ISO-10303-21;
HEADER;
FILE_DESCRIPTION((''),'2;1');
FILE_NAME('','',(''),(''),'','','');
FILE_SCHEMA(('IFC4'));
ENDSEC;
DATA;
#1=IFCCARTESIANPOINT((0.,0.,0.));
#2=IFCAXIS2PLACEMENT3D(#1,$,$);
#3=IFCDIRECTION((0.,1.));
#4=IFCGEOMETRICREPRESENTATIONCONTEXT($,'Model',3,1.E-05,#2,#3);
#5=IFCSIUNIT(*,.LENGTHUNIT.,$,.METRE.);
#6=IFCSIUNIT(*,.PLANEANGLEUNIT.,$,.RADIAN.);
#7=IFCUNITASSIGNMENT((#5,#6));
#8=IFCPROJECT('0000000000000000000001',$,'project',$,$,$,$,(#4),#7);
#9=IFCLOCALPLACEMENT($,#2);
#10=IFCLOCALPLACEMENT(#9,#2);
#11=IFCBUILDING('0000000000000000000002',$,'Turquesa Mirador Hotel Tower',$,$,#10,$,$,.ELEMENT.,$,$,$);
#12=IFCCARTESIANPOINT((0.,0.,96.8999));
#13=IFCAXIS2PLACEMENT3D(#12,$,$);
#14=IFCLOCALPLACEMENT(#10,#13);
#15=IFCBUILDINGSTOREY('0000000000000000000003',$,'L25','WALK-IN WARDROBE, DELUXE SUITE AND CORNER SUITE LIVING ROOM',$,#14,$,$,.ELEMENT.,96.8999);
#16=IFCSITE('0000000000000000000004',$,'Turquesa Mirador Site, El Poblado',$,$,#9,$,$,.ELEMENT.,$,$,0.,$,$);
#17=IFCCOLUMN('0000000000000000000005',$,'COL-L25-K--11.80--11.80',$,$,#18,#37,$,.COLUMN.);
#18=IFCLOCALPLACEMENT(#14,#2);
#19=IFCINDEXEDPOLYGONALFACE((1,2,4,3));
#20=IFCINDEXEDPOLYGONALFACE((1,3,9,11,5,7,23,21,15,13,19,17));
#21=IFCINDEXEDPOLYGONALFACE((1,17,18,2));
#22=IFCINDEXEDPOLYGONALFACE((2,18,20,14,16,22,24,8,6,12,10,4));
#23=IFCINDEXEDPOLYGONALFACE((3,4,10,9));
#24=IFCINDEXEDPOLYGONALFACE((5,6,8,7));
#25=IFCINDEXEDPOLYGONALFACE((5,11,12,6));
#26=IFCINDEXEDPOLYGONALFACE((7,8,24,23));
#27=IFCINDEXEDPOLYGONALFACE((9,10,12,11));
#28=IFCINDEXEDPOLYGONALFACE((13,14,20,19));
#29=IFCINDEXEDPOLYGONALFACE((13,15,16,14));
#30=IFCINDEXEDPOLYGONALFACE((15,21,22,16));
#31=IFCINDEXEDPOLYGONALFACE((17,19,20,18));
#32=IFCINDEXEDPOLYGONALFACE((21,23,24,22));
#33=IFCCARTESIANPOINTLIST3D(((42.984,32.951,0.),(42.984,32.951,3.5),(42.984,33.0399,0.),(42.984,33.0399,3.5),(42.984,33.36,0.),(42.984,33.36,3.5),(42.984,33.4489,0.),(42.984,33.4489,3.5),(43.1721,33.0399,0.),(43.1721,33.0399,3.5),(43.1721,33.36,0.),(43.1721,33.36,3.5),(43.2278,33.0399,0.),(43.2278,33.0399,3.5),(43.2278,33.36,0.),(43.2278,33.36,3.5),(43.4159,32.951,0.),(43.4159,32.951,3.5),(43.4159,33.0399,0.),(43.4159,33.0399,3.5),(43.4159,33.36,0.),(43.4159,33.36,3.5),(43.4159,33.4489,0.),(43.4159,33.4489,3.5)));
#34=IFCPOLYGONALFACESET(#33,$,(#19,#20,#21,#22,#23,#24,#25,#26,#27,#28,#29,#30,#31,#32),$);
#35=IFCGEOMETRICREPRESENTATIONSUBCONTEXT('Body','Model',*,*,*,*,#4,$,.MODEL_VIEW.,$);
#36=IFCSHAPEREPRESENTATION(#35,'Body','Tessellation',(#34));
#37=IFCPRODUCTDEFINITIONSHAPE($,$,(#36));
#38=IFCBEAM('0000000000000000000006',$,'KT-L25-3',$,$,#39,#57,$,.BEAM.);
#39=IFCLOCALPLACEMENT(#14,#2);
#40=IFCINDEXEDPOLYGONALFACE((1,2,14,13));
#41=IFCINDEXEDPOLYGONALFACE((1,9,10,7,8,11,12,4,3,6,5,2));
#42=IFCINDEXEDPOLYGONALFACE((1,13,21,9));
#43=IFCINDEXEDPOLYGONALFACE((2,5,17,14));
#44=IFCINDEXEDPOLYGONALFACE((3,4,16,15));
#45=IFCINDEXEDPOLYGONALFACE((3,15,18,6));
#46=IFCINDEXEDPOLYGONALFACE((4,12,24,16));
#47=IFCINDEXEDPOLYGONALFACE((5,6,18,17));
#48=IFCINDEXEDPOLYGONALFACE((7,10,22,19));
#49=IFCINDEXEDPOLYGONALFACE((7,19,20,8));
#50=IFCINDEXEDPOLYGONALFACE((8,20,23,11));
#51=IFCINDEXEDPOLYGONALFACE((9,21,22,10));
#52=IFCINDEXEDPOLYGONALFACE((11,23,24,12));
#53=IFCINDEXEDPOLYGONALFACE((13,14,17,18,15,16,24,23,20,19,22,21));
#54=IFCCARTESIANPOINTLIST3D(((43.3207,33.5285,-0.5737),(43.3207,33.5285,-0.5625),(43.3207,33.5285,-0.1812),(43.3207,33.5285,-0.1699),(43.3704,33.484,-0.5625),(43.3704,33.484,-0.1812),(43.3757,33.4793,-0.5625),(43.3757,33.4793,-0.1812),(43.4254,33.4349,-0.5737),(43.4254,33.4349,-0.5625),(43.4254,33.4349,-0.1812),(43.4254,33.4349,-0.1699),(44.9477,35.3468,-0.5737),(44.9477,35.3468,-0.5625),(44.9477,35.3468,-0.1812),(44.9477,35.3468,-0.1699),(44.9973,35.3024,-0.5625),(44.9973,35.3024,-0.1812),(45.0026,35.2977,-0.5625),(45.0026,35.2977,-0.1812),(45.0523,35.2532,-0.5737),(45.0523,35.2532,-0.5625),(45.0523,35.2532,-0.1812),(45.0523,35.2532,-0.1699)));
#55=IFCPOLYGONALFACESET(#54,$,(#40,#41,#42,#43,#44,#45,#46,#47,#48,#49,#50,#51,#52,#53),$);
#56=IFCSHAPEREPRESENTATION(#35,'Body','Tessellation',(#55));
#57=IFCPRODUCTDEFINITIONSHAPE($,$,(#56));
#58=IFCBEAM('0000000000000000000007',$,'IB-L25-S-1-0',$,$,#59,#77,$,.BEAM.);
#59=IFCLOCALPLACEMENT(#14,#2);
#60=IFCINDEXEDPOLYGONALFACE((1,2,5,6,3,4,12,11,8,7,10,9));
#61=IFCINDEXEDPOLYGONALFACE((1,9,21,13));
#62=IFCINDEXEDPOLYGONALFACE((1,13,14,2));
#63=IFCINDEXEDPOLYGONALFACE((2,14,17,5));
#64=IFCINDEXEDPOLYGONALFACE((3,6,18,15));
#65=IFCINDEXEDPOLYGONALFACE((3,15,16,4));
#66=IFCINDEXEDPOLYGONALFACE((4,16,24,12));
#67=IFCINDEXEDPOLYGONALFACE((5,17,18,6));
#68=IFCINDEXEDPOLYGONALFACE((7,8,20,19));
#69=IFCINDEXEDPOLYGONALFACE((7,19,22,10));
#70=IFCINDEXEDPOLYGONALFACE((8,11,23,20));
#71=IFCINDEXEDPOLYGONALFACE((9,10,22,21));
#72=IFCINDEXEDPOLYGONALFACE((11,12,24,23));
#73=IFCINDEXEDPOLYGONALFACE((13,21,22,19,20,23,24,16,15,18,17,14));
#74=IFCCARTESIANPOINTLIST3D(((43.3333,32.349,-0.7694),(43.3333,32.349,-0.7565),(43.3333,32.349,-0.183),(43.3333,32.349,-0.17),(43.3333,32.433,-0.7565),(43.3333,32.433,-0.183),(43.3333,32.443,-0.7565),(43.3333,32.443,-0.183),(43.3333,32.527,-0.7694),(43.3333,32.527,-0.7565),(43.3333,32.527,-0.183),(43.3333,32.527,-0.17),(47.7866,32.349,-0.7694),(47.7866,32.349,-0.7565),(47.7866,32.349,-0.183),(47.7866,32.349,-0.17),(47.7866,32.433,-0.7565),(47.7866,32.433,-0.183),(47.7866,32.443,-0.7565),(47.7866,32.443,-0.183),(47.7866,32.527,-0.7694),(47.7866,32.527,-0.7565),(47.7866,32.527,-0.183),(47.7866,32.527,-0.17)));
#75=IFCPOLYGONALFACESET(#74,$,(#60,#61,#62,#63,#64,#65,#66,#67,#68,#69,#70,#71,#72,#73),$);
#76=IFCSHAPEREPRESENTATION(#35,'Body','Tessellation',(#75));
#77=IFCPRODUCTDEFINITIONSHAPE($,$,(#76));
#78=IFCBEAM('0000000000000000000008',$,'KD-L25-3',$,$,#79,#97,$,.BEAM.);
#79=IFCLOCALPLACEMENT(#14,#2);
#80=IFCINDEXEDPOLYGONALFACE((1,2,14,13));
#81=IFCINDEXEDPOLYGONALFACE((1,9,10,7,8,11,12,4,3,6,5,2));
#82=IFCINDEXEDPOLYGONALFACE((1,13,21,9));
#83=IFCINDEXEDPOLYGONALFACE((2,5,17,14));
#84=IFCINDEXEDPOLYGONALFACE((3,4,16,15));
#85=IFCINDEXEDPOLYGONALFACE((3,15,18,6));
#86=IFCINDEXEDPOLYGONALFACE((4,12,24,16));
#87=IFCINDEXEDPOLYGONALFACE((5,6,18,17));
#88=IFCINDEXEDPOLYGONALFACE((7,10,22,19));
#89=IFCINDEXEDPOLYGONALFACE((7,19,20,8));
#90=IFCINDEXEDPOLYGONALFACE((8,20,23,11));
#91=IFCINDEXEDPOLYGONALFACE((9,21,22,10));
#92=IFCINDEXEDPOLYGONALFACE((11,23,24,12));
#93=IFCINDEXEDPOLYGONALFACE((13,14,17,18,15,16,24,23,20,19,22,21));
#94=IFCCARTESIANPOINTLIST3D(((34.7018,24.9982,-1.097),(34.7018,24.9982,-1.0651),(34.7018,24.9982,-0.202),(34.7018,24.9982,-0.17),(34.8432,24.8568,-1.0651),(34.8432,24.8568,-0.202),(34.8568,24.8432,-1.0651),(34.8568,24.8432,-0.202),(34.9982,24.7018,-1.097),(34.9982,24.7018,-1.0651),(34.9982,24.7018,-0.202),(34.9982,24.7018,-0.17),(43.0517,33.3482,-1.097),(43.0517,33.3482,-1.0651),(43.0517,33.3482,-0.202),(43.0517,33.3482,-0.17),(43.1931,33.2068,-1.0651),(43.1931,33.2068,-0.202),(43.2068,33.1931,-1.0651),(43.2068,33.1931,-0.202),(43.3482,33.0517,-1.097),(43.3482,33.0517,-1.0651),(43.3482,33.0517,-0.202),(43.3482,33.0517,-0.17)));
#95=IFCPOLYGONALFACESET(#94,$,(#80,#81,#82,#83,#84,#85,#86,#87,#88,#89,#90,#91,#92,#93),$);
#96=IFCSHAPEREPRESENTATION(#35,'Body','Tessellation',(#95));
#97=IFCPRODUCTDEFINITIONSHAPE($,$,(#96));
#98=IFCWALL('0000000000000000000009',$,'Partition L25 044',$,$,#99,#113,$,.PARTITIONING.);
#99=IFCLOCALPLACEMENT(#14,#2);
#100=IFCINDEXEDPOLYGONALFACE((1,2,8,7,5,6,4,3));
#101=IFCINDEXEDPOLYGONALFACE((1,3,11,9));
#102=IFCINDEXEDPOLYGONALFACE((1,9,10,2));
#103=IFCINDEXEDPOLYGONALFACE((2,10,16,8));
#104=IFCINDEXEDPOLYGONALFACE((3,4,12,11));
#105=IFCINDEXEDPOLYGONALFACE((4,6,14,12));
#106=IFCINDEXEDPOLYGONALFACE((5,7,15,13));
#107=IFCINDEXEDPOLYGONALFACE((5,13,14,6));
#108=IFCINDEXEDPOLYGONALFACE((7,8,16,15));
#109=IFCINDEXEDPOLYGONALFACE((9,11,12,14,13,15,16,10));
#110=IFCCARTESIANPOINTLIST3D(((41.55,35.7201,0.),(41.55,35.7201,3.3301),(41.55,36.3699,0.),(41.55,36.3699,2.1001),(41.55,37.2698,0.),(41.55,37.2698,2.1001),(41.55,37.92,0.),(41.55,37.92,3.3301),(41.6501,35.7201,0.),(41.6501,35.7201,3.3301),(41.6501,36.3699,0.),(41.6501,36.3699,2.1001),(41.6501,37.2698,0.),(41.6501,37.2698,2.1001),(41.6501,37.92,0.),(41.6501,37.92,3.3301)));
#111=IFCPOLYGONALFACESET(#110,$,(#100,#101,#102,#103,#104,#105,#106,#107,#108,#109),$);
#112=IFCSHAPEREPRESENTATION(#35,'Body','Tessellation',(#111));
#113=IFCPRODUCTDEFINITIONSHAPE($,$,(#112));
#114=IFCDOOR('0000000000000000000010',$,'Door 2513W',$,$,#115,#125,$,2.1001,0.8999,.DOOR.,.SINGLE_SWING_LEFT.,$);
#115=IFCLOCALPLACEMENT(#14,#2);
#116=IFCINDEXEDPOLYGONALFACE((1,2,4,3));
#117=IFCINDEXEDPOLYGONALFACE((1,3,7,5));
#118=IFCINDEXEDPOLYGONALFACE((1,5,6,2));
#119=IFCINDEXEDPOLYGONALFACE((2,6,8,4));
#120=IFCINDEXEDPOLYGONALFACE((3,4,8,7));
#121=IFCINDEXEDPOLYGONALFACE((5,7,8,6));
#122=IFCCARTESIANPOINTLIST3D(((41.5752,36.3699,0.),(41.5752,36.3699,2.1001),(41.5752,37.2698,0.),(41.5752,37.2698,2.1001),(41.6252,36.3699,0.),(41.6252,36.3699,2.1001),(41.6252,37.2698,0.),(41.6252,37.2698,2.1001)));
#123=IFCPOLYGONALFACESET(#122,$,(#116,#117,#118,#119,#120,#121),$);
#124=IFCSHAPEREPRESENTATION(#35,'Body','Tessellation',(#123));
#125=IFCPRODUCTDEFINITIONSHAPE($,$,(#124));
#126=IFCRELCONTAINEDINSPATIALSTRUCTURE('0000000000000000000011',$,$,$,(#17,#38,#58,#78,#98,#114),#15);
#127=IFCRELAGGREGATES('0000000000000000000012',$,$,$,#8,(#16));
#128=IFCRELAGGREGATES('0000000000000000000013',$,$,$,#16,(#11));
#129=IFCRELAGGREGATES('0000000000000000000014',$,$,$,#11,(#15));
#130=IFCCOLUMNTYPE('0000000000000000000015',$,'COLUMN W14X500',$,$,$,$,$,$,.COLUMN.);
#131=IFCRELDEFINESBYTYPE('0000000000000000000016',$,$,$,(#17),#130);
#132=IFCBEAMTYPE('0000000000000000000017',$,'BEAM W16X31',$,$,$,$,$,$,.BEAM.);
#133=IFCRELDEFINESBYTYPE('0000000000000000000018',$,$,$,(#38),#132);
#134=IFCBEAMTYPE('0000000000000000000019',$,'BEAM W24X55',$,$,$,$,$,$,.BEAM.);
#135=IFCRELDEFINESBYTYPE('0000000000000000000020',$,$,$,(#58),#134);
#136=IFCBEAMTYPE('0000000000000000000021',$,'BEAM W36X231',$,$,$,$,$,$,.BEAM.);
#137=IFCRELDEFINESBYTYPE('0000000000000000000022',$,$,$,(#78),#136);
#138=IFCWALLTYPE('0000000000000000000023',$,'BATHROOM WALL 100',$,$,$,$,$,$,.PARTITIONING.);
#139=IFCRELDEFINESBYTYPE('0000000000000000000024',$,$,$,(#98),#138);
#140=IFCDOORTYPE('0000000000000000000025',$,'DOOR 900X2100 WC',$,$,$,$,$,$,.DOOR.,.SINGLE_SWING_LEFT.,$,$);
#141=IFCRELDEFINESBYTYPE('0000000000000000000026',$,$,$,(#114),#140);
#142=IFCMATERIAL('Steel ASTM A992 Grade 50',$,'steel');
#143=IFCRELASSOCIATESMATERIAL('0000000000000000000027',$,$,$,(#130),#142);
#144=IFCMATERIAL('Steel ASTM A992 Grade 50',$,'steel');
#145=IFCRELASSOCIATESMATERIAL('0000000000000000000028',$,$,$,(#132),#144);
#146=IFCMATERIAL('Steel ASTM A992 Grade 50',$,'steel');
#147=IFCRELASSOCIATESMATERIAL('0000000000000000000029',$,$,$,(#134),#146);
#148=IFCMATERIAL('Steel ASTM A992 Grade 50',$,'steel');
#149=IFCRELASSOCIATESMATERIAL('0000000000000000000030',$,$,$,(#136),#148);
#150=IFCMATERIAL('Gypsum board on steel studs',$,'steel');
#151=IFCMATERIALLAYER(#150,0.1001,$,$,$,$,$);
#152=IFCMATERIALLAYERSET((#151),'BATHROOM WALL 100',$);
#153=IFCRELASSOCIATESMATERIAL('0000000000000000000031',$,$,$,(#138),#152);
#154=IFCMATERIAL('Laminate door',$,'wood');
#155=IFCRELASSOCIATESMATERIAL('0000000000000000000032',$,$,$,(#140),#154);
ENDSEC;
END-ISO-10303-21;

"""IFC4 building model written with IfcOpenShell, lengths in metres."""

from ifc_helpers import new_model, si_unit, direction, frame, frame_2d, origin, origin_2d, place, context, subcontext, project, spatial, rectangle, i_section, extrude, material, layer, layer_set, material_profile, profile_set, type_object, element, fill, save


model = new_model("IFC4")

# Units and contexts
model_context = context("Model", 3, precision=1e-05, world=origin(), true_north=direction((0.0, 1.0)))
body_context = subcontext(model_context, "Body", "Model", "MODEL_VIEW")
ifc_project = project(units=[si_unit("LENGTHUNIT", "METRE"), si_unit("PLANEANGLEUNIT", "RADIAN")], contexts=[model_context])

# Site, building, storey
site_placement = place(None, origin())
site = spatial("IfcSite", under=ifc_project, at=site_placement, Name="Turquesa Mirador Site, El Poblado", CompositionType="ELEMENT", RefElevation=0.0)
building_placement = place(site_placement, origin())
building = spatial("IfcBuilding", under=site, at=building_placement, Name="Turquesa Mirador Hotel Tower", CompositionType="ELEMENT")
storey_placement = place(building_placement, frame((0.0, 0.0, 96.8999)))
storey = spatial("IfcBuildingStorey", under=building, at=storey_placement, Name="L25", Description="WALK-IN WARDROBE, DELUXE SUITE AND CORNER SUITE LIVING ROOM", CompositionType="ELEMENT", Elevation=96.8999)

# Column
ifc_material_1 = material(Name="Steel ASTM A992 Grade 50", Category="steel")
ifc_material_profile_1 = material_profile(ifc_material_1, i_section(OverallWidth=0.4319, OverallDepth=0.4978, WebThickness=0.0557, FlangeThickness=0.0889, at=origin_2d()), Name="W14X500")
ifc_profile_set_1 = profile_set([ifc_material_profile_1], Name="Steel ASTM A992 Grade 50")
column_type = type_object("IfcColumnType", Name="COLUMN W14X500", PredefinedType="COLUMN", material=ifc_profile_set_1)
column_placement = place(storey_placement, frame((43.2, 33.2, 0.0), z_axis=(0.0, 0.0, 1.0), x_axis=(1.0, 0.0, 0.0)))
element("IfcColumn", 1, at=column_placement, inside=storey, type_object=column_type, Name="COL-L25-K--11.80--11.80", PredefinedType="COLUMN", context=body_context, shape_type="SweptSolid", body=[
    extrude(i_section(OverallWidth=0.4319, OverallDepth=0.4978, WebThickness=0.0557, FlangeThickness=0.0889, at=origin_2d()), origin(), (0.0, 0.0, 1.0), 3.5),
])

# Beams
ifc_material_2 = material(Name="Steel ASTM A992 Grade 50", Category="steel")
ifc_material_profile_2 = material_profile(ifc_material_2, i_section(OverallWidth=0.1404, OverallDepth=0.4038, WebThickness=0.0071, FlangeThickness=0.0112, at=origin_2d()), Name="W16X31")
ifc_profile_set_2 = profile_set([ifc_material_profile_2], Name="Steel ASTM A992 Grade 50")
beam_type_1 = type_object("IfcBeamType", Name="BEAM W16X31", PredefinedType="BEAM", material=ifc_profile_set_2)
beam_1_placement = place(storey_placement, frame((43.373, 33.4817, -0.3718), z_axis=(0.666795, 0.745241, 0.0), x_axis=(-0.745241, 0.666795, 0.0)))
element("IfcBeam", 2, at=beam_1_placement, inside=storey, type_object=beam_type_1, Name="KT-L25-3", PredefinedType="BEAM", context=body_context, shape_type="SweptSolid", body=[
    extrude(i_section(OverallWidth=0.1404, OverallDepth=0.4038, WebThickness=0.0071, FlangeThickness=0.0112, at=origin_2d()), origin(), (0.0, 0.0, 1.0), 2.4399),
])
ifc_material_3 = material(Name="Steel ASTM A992 Grade 50", Category="steel")
ifc_material_profile_3 = material_profile(ifc_material_3, i_section(OverallWidth=0.178, OverallDepth=0.5994, WebThickness=0.01, FlangeThickness=0.0129, at=origin_2d()), Name="W24X55")
ifc_profile_set_3 = profile_set([ifc_material_profile_3], Name="Steel ASTM A992 Grade 50")
beam_type_2 = type_object("IfcBeamType", Name="BEAM W24X55", PredefinedType="BEAM", material=ifc_profile_set_3)
beam_2_placement = place(storey_placement, frame((43.3333, 32.438, -0.4697), z_axis=(1.0, 0.0, 0.0), x_axis=(0.0, 1.0, 0.0)))
element("IfcBeam", 3, at=beam_2_placement, inside=storey, type_object=beam_type_2, Name="IB-L25-S-1-0", PredefinedType="BEAM", context=body_context, shape_type="SweptSolid", body=[
    extrude(i_section(OverallWidth=0.178, OverallDepth=0.5994, WebThickness=0.01, FlangeThickness=0.0129, at=origin_2d()), origin(), (0.0, 0.0, 1.0), 4.4534),
])
ifc_material_4 = material(Name="Steel ASTM A992 Grade 50", Category="steel")
ifc_material_profile_4 = material_profile(ifc_material_4, i_section(OverallWidth=0.4192, OverallDepth=0.927, WebThickness=0.0193, FlangeThickness=0.032, at=origin_2d()), Name="W36X231")
ifc_profile_set_4 = profile_set([ifc_material_profile_4], Name="Steel ASTM A992 Grade 50")
beam_type_3 = type_object("IfcBeamType", Name="BEAM W36X231", PredefinedType="BEAM", material=ifc_profile_set_4)
beam_3_placement = place(storey_placement, frame((43.2, 33.2, -0.6335), z_axis=(-0.707107, -0.707107, 0.0), x_axis=(0.707107, -0.707107, 0.0)))
element("IfcBeam", 4, at=beam_3_placement, inside=storey, type_object=beam_type_3, Name="KD-L25-3", PredefinedType="BEAM", context=body_context, shape_type="SweptSolid", body=[
    extrude(i_section(OverallWidth=0.4192, OverallDepth=0.927, WebThickness=0.0193, FlangeThickness=0.032, at=origin_2d()), origin(), (0.0, 0.0, 1.0), 11.8086),
])

# Wall, opening, door
ifc_material_5 = material(Name="Gypsum board on steel studs", Category="steel")
ifc_layer_1 = layer(ifc_material_5, 0.1001)
ifc_layer_set_1 = layer_set([ifc_layer_1], Name="BATHROOM WALL 100")
wall_type_1 = type_object("IfcWallType", Name="BATHROOM WALL 100", PredefinedType="PARTITIONING", material=ifc_layer_set_1)
wall_1_placement = place(storey_placement, frame((41.6001, 35.72, 0.0), z_axis=(0.0, 0.0, 1.0), x_axis=(0.0, 1.0, 0.0)))
wall_1 = element("IfcWall", 5, at=wall_1_placement, inside=storey, type_object=wall_type_1, Name="Partition L25 044", PredefinedType="PARTITIONING", context=body_context, shape_type="SweptSolid", body=[
    extrude(rectangle(XDim=2.2, YDim=0.1001, at=frame_2d((1.1001, 0.0))), origin(), (0.0, 0.0, 1.0), 3.3301),
])
opening_1_placement = place(wall_1_placement, frame((0.6499, 0.0, 0.0)))
opening_1 = element("IfcOpeningElement", 6, at=opening_1_placement, cuts=wall_1, PredefinedType="OPENING", context=body_context, shape_type="SweptSolid", body=[
    extrude(rectangle(XDim=0.8999, YDim=2.1001, at=frame_2d((0.45, 1.05))), frame((0.0, 0.0601, 0.0), z_axis=(0.0, -1.0, 0.0), x_axis=(1.0, 0.0, 0.0)), (0.0, 0.0, 1.0), 0.1201),
])
ifc_material_6 = material(Name="Laminate door", Category="wood")
door_type_1 = type_object("IfcDoorType", Name="DOOR 900X2100 WC", OperationType="SINGLE_SWING_LEFT", PredefinedType="DOOR", material=ifc_material_6)
door_1_placement = place(opening_1_placement, origin())
door_1 = element("IfcDoor", 7, at=door_1_placement, inside=storey, type_object=door_type_1, Name="Door 2513W", OperationType="SINGLE_SWING_LEFT", OverallHeight=2.1001, OverallWidth=0.8999, PredefinedType="DOOR", context=body_context, shape_type="SweptSolid", body=[
    extrude(rectangle(XDim=0.8999, YDim=2.1001, at=frame_2d((0.45, 1.05))), frame((0.0, 0.0249, 0.0), z_axis=(0.0, -1.0, 0.0), x_axis=(1.0, 0.0, 0.0)), (0.0, 0.0, 1.0), 0.05),
])
fill(opening_1, door_1)

save(model, "model.ifc")
